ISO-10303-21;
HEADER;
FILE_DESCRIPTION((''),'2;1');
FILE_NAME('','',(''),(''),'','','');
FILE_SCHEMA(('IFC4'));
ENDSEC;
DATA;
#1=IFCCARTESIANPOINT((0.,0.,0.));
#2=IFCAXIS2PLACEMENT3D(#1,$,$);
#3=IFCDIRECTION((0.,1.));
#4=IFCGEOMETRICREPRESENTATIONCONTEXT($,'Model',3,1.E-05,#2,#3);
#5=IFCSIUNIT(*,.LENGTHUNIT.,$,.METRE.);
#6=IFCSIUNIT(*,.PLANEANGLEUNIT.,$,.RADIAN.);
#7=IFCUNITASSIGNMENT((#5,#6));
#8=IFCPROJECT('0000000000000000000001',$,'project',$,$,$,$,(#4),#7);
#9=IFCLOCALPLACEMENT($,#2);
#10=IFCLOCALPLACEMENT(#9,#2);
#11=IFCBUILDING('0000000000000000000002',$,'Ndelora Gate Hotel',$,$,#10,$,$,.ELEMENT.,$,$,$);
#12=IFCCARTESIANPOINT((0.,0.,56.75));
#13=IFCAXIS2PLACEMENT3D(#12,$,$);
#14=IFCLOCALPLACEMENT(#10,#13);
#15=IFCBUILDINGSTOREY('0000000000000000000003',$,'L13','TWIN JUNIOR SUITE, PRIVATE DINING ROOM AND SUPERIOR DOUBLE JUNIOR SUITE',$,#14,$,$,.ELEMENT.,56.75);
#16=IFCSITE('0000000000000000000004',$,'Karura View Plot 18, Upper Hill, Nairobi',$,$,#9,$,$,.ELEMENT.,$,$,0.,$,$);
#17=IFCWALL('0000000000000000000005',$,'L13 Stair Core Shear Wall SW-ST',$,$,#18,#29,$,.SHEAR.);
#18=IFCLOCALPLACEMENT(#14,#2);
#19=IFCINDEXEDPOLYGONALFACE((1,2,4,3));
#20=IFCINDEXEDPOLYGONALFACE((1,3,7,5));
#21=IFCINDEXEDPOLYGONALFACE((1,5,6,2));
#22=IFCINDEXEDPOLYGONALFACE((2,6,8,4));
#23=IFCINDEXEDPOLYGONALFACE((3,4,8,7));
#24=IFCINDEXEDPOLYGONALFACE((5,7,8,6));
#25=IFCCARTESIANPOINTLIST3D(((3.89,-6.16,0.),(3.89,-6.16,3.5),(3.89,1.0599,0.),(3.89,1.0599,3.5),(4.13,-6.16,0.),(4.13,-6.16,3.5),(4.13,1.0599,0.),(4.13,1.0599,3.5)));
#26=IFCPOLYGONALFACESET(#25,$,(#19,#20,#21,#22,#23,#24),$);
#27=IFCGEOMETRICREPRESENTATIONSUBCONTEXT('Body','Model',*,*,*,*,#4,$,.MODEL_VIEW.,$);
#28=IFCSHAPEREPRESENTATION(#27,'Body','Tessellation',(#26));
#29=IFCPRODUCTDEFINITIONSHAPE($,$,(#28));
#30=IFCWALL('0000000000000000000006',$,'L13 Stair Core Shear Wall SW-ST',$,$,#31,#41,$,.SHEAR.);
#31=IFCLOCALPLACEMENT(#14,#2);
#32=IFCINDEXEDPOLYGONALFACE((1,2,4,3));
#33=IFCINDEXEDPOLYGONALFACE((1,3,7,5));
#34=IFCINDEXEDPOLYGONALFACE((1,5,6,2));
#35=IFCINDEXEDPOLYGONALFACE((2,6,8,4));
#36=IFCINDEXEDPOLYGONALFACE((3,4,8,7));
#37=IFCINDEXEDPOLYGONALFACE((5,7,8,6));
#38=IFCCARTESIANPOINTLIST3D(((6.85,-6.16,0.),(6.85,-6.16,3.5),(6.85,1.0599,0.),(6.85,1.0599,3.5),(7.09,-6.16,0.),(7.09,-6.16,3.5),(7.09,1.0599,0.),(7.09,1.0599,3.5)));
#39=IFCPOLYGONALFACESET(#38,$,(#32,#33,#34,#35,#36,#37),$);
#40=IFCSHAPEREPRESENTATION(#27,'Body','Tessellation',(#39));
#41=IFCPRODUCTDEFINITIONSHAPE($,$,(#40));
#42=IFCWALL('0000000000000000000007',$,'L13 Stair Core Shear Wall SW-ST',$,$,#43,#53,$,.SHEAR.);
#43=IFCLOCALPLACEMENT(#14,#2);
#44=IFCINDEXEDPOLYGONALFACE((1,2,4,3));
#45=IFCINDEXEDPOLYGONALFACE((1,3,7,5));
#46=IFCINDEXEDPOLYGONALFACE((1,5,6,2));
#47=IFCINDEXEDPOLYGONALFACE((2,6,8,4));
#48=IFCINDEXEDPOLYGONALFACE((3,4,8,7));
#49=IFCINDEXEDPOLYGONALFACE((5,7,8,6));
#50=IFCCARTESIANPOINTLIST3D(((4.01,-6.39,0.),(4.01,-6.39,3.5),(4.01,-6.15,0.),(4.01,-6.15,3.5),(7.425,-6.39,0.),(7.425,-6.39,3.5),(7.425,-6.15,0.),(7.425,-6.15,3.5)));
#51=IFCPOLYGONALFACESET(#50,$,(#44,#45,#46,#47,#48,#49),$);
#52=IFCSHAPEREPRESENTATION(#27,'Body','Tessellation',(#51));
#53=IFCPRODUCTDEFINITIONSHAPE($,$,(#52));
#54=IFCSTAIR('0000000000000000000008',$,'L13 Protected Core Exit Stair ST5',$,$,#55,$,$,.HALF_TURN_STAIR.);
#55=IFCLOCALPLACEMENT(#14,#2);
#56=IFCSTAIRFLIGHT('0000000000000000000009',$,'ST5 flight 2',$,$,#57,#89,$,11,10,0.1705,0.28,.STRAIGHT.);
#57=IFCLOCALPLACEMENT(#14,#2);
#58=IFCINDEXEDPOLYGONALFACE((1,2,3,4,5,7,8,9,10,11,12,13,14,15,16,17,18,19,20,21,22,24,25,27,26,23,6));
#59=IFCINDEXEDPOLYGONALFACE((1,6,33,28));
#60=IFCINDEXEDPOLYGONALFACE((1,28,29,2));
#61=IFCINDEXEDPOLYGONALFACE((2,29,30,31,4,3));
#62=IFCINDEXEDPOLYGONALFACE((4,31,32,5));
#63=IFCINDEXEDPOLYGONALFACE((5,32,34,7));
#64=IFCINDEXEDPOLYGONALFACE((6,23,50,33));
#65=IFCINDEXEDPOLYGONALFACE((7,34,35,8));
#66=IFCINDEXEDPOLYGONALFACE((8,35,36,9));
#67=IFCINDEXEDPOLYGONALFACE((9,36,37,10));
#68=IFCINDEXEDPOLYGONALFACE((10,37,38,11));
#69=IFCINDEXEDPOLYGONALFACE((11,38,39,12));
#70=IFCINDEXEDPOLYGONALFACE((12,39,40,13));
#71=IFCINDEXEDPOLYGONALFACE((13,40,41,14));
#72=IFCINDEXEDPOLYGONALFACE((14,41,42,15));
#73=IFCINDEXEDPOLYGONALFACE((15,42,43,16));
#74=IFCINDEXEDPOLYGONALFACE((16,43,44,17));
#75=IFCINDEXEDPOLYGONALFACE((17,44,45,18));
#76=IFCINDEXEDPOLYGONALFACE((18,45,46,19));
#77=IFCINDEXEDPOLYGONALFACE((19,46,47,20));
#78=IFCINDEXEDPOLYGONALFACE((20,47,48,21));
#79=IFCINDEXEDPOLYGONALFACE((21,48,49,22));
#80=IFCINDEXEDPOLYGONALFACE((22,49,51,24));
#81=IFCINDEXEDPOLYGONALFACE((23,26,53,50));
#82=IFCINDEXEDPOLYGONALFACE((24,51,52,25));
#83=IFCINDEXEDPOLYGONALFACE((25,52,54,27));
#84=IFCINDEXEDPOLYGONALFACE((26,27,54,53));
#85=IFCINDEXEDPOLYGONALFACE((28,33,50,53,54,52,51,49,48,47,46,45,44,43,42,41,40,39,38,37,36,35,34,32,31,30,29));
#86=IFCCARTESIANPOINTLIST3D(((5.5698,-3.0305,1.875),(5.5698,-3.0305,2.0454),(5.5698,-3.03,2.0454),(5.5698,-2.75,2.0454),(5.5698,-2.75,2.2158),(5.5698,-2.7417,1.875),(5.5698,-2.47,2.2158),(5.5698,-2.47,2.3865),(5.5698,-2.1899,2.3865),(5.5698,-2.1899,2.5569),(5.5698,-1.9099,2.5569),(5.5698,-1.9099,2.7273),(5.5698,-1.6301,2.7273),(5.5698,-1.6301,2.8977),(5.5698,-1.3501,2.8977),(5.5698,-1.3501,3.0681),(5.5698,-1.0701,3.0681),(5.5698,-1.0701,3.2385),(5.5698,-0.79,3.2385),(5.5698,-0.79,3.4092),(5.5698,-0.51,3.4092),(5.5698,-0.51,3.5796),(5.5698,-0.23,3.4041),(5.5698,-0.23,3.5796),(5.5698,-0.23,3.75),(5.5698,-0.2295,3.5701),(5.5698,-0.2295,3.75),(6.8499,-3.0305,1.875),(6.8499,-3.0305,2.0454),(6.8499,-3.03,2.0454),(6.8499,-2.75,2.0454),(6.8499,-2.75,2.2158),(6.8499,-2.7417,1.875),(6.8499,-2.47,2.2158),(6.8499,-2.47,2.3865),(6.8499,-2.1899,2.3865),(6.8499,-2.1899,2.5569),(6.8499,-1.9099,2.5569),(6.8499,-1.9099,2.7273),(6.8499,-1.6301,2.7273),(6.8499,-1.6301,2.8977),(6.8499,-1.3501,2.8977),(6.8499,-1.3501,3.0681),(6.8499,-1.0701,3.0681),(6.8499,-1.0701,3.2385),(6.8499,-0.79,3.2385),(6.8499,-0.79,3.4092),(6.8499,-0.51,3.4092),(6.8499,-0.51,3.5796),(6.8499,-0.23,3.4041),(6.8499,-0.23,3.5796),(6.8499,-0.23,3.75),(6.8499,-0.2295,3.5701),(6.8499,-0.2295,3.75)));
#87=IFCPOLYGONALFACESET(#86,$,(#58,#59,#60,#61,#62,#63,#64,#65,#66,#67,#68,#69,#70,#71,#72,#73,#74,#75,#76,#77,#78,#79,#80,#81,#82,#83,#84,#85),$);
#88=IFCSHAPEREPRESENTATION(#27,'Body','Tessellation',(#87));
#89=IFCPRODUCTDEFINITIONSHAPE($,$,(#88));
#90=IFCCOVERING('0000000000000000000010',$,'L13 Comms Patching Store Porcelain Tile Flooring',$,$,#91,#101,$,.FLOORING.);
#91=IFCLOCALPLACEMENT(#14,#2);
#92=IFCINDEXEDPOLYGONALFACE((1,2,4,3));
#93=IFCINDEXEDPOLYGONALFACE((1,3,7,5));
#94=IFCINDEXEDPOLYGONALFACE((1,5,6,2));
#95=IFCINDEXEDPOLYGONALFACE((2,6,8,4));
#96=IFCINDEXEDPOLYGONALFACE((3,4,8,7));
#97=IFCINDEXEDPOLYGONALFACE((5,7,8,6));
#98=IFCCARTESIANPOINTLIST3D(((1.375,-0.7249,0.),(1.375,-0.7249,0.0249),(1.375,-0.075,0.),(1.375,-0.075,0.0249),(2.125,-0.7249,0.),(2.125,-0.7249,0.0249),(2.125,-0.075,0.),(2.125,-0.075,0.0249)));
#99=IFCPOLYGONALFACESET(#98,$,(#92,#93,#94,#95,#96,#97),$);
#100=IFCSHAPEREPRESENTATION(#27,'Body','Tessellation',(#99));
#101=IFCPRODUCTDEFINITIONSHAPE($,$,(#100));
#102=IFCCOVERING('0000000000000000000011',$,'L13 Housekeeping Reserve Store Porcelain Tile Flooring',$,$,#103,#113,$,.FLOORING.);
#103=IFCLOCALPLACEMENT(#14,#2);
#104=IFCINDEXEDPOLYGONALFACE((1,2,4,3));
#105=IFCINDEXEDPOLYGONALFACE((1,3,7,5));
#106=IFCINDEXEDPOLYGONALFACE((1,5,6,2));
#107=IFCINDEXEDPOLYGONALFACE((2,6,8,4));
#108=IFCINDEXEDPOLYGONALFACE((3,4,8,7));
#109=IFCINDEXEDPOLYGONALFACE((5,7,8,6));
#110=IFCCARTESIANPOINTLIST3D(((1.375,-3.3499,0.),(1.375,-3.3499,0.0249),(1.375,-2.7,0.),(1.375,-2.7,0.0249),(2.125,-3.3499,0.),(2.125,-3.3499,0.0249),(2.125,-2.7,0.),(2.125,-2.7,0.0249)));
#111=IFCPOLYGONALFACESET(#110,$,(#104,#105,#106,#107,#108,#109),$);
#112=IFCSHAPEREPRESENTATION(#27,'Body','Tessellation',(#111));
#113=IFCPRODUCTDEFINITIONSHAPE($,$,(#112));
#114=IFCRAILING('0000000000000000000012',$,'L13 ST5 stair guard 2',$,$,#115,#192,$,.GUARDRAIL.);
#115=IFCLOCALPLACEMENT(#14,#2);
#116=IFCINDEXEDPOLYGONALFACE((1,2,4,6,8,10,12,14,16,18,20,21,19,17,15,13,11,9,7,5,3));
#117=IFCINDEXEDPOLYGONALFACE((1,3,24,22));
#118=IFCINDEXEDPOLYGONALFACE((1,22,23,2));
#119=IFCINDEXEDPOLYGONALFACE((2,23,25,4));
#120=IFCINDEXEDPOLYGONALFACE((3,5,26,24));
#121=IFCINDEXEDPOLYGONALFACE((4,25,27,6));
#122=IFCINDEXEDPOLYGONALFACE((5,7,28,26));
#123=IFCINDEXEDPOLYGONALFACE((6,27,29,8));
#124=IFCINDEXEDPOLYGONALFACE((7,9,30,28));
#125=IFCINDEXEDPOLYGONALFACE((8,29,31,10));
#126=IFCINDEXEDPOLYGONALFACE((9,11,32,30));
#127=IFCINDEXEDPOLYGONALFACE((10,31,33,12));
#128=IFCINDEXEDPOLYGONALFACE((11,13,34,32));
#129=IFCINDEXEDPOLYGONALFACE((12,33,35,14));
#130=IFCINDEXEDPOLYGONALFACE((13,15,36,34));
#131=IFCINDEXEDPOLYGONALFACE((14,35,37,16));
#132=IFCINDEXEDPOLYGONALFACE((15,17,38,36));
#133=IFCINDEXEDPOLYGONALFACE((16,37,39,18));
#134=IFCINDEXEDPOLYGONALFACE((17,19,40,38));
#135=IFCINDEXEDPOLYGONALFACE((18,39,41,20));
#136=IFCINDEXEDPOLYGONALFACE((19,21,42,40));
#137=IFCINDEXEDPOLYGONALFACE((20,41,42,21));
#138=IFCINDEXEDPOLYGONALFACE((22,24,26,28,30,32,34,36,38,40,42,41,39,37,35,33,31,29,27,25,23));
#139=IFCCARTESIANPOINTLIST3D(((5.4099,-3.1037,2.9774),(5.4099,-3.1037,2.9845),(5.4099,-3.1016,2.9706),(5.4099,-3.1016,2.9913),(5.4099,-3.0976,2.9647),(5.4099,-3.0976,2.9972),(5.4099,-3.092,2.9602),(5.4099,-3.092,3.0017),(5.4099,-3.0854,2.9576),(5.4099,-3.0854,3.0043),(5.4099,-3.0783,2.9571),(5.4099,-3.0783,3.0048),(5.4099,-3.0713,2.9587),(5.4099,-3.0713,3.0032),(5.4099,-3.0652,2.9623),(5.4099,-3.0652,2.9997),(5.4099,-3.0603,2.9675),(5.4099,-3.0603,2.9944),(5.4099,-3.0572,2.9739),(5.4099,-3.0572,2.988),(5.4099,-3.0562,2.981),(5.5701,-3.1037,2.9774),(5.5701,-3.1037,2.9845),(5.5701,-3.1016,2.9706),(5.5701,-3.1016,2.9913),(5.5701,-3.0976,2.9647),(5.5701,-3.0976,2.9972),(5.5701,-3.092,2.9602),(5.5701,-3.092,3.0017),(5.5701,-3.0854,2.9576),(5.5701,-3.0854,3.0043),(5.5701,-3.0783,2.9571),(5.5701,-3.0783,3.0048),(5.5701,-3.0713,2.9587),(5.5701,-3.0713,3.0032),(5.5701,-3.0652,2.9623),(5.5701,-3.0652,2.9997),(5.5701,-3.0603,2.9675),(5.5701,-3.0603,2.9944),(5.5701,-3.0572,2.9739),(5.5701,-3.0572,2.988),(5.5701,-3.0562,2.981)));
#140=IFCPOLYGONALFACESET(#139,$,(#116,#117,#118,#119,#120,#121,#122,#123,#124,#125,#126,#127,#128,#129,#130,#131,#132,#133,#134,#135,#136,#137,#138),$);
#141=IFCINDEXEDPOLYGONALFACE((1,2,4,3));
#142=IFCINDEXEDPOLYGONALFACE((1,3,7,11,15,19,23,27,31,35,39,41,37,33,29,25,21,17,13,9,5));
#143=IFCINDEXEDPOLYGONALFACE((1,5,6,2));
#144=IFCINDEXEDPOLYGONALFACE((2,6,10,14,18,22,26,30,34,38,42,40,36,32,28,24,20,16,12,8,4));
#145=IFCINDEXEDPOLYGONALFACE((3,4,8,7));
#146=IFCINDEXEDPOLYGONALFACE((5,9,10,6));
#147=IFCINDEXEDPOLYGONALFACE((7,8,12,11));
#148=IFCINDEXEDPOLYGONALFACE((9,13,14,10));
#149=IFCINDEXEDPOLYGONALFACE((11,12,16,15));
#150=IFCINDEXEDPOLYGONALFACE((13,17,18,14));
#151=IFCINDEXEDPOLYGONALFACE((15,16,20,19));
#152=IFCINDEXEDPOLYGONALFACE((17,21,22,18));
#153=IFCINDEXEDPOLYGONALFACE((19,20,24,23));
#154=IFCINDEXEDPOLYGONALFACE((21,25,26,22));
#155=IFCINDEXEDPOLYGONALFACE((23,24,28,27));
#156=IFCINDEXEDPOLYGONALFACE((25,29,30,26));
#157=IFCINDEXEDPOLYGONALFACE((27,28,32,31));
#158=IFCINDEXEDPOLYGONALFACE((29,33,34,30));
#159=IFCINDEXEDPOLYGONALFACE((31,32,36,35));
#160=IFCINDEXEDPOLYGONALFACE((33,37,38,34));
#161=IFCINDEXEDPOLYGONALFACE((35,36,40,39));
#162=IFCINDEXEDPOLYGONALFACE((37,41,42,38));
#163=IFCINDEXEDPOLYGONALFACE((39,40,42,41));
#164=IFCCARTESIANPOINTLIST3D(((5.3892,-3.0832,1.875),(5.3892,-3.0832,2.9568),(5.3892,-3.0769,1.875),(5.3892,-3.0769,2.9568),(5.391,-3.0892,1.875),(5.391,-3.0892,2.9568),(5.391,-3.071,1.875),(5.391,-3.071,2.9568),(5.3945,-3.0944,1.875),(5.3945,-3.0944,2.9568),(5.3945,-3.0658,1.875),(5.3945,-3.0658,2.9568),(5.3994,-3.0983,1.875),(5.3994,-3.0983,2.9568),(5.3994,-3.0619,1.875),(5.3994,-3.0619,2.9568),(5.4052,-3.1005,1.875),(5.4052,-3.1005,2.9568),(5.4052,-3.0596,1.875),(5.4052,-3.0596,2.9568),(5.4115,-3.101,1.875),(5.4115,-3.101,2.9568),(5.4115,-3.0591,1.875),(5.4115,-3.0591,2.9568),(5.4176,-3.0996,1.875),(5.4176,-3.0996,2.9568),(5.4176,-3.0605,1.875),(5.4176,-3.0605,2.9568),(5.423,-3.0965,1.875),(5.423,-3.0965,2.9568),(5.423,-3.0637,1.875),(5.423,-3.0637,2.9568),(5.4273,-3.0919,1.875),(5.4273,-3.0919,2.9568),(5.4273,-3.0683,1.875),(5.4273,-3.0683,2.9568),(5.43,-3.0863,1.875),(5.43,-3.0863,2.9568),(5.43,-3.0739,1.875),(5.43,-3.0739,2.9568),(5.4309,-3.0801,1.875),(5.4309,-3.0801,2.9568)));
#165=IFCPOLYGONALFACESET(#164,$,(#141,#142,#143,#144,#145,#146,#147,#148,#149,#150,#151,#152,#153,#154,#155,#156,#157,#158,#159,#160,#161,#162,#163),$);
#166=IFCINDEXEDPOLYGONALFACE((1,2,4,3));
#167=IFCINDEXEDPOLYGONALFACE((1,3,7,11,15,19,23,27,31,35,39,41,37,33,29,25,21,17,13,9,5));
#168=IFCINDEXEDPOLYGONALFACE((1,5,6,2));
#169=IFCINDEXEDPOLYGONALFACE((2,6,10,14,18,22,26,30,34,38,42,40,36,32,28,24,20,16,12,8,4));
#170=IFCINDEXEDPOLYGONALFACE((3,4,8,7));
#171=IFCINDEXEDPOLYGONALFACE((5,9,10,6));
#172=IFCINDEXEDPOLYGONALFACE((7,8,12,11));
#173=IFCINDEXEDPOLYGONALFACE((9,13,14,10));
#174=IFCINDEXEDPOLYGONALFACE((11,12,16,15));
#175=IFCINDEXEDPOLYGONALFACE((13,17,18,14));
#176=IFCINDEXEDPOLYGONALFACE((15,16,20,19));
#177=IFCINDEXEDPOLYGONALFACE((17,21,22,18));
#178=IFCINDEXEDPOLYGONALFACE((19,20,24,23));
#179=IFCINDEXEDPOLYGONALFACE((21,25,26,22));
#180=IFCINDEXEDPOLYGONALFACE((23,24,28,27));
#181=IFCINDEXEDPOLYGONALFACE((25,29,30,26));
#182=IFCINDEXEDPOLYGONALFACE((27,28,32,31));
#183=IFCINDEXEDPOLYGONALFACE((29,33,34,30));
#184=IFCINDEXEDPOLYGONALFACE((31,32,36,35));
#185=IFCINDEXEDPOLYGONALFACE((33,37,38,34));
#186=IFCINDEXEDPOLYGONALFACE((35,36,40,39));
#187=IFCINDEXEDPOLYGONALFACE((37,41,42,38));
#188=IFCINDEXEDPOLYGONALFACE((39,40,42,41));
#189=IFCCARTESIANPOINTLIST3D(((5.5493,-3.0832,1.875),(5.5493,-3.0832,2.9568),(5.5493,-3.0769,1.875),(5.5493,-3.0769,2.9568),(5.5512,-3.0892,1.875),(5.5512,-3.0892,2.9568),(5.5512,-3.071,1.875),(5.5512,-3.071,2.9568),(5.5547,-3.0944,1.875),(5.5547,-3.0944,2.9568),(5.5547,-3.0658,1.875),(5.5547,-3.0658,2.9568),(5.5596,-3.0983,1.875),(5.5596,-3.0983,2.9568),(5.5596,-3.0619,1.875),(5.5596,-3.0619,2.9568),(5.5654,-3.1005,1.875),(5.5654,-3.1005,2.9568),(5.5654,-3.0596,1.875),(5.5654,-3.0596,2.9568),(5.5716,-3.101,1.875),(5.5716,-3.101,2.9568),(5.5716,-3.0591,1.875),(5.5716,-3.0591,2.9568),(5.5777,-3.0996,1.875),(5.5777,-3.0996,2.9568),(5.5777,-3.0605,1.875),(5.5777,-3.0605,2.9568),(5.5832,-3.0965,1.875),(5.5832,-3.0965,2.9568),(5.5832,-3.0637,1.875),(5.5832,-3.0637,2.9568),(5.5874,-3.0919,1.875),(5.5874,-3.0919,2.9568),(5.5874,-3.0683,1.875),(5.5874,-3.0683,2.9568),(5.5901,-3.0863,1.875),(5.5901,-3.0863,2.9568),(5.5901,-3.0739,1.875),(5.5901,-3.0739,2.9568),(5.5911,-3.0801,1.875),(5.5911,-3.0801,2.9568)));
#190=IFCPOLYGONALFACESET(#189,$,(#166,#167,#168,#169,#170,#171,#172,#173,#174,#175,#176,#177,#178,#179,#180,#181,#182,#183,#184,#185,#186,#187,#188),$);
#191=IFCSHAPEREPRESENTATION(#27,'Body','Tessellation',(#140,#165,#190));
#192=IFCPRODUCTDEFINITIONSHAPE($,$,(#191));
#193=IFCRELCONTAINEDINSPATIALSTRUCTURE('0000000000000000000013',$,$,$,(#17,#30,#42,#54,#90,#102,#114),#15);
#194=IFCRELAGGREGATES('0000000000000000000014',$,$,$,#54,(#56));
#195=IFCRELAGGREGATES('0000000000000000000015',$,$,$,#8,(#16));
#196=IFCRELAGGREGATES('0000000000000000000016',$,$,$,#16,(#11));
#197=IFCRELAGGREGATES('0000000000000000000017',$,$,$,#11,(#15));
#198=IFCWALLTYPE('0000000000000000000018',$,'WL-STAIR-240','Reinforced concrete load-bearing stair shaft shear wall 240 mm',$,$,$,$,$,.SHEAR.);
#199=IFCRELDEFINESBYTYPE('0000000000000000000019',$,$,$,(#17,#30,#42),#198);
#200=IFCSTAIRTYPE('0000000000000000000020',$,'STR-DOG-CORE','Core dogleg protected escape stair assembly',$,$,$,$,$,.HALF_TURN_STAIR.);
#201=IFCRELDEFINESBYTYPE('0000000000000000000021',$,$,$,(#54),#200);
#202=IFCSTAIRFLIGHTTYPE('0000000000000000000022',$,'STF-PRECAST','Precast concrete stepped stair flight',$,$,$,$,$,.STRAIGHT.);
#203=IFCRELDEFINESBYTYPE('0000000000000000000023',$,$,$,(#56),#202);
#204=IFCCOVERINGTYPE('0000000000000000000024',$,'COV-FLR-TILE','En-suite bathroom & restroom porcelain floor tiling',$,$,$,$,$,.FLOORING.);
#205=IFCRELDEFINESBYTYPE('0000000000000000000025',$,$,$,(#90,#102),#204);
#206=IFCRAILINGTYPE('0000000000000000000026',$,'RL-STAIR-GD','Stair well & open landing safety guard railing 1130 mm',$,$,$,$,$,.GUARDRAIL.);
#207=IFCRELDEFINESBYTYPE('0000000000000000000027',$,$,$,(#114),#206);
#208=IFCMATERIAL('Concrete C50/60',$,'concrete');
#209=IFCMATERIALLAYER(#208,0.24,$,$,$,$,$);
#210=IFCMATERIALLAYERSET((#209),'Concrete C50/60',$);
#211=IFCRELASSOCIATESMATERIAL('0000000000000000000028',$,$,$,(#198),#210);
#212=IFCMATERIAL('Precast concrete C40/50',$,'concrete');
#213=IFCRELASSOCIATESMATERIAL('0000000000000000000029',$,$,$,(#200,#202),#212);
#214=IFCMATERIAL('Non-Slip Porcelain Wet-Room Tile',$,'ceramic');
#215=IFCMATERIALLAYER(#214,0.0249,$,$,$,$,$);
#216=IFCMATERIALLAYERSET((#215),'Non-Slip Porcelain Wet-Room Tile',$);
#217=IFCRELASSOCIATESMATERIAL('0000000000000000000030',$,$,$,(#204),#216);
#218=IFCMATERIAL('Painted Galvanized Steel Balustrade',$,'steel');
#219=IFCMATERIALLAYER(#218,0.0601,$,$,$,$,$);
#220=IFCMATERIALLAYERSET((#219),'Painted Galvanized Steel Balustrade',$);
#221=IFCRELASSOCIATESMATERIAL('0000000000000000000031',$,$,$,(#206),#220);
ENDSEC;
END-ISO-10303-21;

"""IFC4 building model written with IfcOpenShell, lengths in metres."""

from ifc_helpers import new_model, si_unit, direction, frame, frame_2d, origin, origin_2d, place, context, subcontext, project, spatial, polyline, rectangle, circle, outline, extrude, material, layer, layer_set, type_object, element, aggregate, save


model = new_model("IFC4")

# Units and contexts
model_context = context("Model", 3, precision=1e-05, world=origin(), true_north=direction((0.0, 1.0)))
body_context = subcontext(model_context, "Body", "Model", "MODEL_VIEW")
ifc_project = project(units=[si_unit("LENGTHUNIT", "METRE"), si_unit("PLANEANGLEUNIT", "RADIAN")], contexts=[model_context])

# Site, building, storey
site_placement = place(None, origin())
site = spatial("IfcSite", under=ifc_project, at=site_placement, Name="Karura View Plot 18, Upper Hill, Nairobi", CompositionType="ELEMENT", RefElevation=0.0)
building_placement = place(site_placement, origin())
building = spatial("IfcBuilding", under=site, at=building_placement, Name="Ndelora Gate Hotel", CompositionType="ELEMENT")
storey_placement = place(building_placement, frame((0.0, 0.0, 56.75)))
storey = spatial("IfcBuildingStorey", under=building, at=storey_placement, Name="L13", Description="TWIN JUNIOR SUITE, PRIVATE DINING ROOM AND SUPERIOR DOUBLE JUNIOR SUITE", CompositionType="ELEMENT", Elevation=56.75)

# Walls
ifc_material_1 = material(Name="Concrete C50/60", Category="concrete")
ifc_layer_1 = layer(ifc_material_1, 0.24)
ifc_layer_set_1 = layer_set([ifc_layer_1], Name="Concrete C50/60")
wall_type_1 = type_object("IfcWallType", Name="WL-STAIR-240", Description="Reinforced concrete load-bearing stair shaft shear wall 240 mm", PredefinedType="SHEAR", material=ifc_layer_set_1)
for number, where, z_axis, x_axis, name in (
    (1, (4.01, -6.1599, 0.0), (0.0, 0.0, 1.0), (0.0, 1.0, 0.0), "L13 Stair Core Shear Wall SW-ST"),
    (2, (6.97, -6.1599, 0.0), (0.0, 0.0, 1.0), (0.0, 1.0, 0.0), "L13 Stair Core Shear Wall SW-ST"),
):
    element("IfcWall", number, at=place(storey_placement, frame(where, z_axis=z_axis, x_axis=x_axis)), inside=storey, type_object=wall_type_1, Name=name, PredefinedType="SHEAR", context=body_context, shape_type="SweptSolid", body=[
        extrude(rectangle(XDim=7.22, YDim=0.24, at=frame_2d((3.6099, 0.0))), origin(), (0.0, 0.0, 1.0), 3.5),
    ])
wall_1_placement = place(storey_placement, frame((4.01, -6.27, 0.0), z_axis=(0.0, 0.0, 1.0), x_axis=(1.0, 0.0, 0.0)))
element("IfcWall", 3, at=wall_1_placement, inside=storey, type_object=wall_type_1, Name="L13 Stair Core Shear Wall SW-ST", PredefinedType="SHEAR", context=body_context, shape_type="SweptSolid", body=[
    extrude(rectangle(XDim=3.415, YDim=0.24, at=frame_2d((1.7075, 0.0))), origin(), (0.0, 0.0, 1.0), 3.5),
])

# Stair, stair flight
ifc_material_2 = material(Name="Precast concrete C40/50", Category="concrete")
stair_type = type_object("IfcStairType", Name="STR-DOG-CORE", Description="Core dogleg protected escape stair assembly", PredefinedType="HALF_TURN_STAIR", material=ifc_material_2)
stair_placement = place(storey_placement, origin())
stair = element("IfcStair", 4, at=stair_placement, inside=storey, type_object=stair_type, Name="L13 Protected Core Exit Stair ST5", PredefinedType="HALF_TURN_STAIR")
stair_flight_type = type_object("IfcStairFlightType", Name="STF-PRECAST", Description="Precast concrete stepped stair flight", PredefinedType="STRAIGHT", material=ifc_material_2)
stair_flight_placement = place(storey_placement, frame((6.21, -3.03, 1.875), z_axis=(0.0, 0.0, 1.0), x_axis=(0.0, 1.0, 0.0)))
stair_flight = element("IfcStairFlight", 5, at=stair_flight_placement, type_object=stair_flight_type, Name="ST5 flight 2", NumberOfRisers=11, NumberOfTreads=10, PredefinedType="STRAIGHT", RiserHeight=0.1705, TreadLength=0.28, context=body_context, shape_type="SweptSolid", body=[
    extrude(outline(polyline([(-0.0005, 0.0), (-0.0005, 0.1704), (0.0, 0.1704), (0.28, 0.1704), (0.28, 0.3408), (0.5601, 0.3408), (0.5601, 0.5115), (0.8401, 0.5115), (0.8401, 0.6819), (1.1201, 0.6819), (1.1201, 0.8523), (1.3999, 0.8523), (1.3999, 1.0227), (1.6799, 1.0227), (1.6799, 1.1931), (1.96, 1.1931), (1.96, 1.3635), (2.24, 1.3635), (2.24, 1.5342), (2.52, 1.5342), (2.52, 1.7046), (2.8, 1.7046), (2.8, 1.875), (2.8005, 1.875), (2.8005, 1.6951), (2.8, 1.5291), (0.2883, 0.0), (-0.0005, 0.0)])), frame((0.0, 0.6401, 0.0), z_axis=(0.0, -1.0, 0.0), x_axis=(1.0, 0.0, 0.0)), (0.0, 0.0, 1.0), 1.28),
])
aggregate(stair, [stair_flight])

# Coverings
ifc_material_3 = material(Name="Non-Slip Porcelain Wet-Room Tile", Category="ceramic")
ifc_layer_2 = layer(ifc_material_3, 0.0249)
ifc_layer_set_2 = layer_set([ifc_layer_2], Name="Non-Slip Porcelain Wet-Room Tile")
covering_type = type_object("IfcCoveringType", Name="COV-FLR-TILE", Description="En-suite bathroom & restroom porcelain floor tiling", PredefinedType="FLOORING", material=ifc_layer_set_2)
for number, where, z_axis, x_axis, name in (
    (6, (1.75, -0.3999, 0.0), (0.0, 0.0, 1.0), (1.0, 0.0, 0.0), "L13 Comms Patching Store Porcelain Tile Flooring"),
    (7, (1.75, -3.0249, 0.0), (0.0, 0.0, 1.0), (1.0, 0.0, 0.0), "L13 Housekeeping Reserve Store Porcelain Tile Flooring"),
):
    element("IfcCovering", number, at=place(storey_placement, frame(where, z_axis=z_axis, x_axis=x_axis)), inside=storey, type_object=covering_type, Name=name, PredefinedType="FLOORING", context=body_context, shape_type="SweptSolid", body=[
        extrude(rectangle(XDim=0.75, YDim=0.6499, at=origin_2d()), origin(), (0.0, 0.0, 1.0), 0.0249),
    ])

# Railing
ifc_material_4 = material(Name="Painted Galvanized Steel Balustrade", Category="steel")
ifc_layer_3 = layer(ifc_material_4, 0.0601)
ifc_layer_set_3 = layer_set([ifc_layer_3], Name="Painted Galvanized Steel Balustrade")
railing_type_1 = type_object("IfcRailingType", Name="RL-STAIR-GD", Description="Stair well & open landing safety guard railing 1130 mm", PredefinedType="GUARDRAIL", material=ifc_layer_set_3)
railing_1_placement = place(storey_placement, frame((5.4099, -3.0801, 1.875)))
element("IfcRailing", 8, at=railing_1_placement, inside=storey, type_object=railing_type_1, Name="L13 ST5 stair guard 2", PredefinedType="GUARDRAIL", context=body_context, shape_type="SweptSolid", body=[
    extrude(circle(Radius=0.0239, at=origin_2d()), frame((0.0, 0.0, 1.106), z_axis=(1.0, 0.0, 0.0), x_axis=(0.0, 1.0, 0.0)), (0.0, 0.0, 1.0), 0.1602),
    extrude(circle(Radius=0.021, at=origin_2d()), origin(), (0.0, 0.0, 1.0), 1.0818),
    extrude(circle(Radius=0.021, at=origin_2d()), frame((0.1602, 0.0, 0.0)), (0.0, 0.0, 1.0), 1.0818),
])

save(model, "model.ifc")
